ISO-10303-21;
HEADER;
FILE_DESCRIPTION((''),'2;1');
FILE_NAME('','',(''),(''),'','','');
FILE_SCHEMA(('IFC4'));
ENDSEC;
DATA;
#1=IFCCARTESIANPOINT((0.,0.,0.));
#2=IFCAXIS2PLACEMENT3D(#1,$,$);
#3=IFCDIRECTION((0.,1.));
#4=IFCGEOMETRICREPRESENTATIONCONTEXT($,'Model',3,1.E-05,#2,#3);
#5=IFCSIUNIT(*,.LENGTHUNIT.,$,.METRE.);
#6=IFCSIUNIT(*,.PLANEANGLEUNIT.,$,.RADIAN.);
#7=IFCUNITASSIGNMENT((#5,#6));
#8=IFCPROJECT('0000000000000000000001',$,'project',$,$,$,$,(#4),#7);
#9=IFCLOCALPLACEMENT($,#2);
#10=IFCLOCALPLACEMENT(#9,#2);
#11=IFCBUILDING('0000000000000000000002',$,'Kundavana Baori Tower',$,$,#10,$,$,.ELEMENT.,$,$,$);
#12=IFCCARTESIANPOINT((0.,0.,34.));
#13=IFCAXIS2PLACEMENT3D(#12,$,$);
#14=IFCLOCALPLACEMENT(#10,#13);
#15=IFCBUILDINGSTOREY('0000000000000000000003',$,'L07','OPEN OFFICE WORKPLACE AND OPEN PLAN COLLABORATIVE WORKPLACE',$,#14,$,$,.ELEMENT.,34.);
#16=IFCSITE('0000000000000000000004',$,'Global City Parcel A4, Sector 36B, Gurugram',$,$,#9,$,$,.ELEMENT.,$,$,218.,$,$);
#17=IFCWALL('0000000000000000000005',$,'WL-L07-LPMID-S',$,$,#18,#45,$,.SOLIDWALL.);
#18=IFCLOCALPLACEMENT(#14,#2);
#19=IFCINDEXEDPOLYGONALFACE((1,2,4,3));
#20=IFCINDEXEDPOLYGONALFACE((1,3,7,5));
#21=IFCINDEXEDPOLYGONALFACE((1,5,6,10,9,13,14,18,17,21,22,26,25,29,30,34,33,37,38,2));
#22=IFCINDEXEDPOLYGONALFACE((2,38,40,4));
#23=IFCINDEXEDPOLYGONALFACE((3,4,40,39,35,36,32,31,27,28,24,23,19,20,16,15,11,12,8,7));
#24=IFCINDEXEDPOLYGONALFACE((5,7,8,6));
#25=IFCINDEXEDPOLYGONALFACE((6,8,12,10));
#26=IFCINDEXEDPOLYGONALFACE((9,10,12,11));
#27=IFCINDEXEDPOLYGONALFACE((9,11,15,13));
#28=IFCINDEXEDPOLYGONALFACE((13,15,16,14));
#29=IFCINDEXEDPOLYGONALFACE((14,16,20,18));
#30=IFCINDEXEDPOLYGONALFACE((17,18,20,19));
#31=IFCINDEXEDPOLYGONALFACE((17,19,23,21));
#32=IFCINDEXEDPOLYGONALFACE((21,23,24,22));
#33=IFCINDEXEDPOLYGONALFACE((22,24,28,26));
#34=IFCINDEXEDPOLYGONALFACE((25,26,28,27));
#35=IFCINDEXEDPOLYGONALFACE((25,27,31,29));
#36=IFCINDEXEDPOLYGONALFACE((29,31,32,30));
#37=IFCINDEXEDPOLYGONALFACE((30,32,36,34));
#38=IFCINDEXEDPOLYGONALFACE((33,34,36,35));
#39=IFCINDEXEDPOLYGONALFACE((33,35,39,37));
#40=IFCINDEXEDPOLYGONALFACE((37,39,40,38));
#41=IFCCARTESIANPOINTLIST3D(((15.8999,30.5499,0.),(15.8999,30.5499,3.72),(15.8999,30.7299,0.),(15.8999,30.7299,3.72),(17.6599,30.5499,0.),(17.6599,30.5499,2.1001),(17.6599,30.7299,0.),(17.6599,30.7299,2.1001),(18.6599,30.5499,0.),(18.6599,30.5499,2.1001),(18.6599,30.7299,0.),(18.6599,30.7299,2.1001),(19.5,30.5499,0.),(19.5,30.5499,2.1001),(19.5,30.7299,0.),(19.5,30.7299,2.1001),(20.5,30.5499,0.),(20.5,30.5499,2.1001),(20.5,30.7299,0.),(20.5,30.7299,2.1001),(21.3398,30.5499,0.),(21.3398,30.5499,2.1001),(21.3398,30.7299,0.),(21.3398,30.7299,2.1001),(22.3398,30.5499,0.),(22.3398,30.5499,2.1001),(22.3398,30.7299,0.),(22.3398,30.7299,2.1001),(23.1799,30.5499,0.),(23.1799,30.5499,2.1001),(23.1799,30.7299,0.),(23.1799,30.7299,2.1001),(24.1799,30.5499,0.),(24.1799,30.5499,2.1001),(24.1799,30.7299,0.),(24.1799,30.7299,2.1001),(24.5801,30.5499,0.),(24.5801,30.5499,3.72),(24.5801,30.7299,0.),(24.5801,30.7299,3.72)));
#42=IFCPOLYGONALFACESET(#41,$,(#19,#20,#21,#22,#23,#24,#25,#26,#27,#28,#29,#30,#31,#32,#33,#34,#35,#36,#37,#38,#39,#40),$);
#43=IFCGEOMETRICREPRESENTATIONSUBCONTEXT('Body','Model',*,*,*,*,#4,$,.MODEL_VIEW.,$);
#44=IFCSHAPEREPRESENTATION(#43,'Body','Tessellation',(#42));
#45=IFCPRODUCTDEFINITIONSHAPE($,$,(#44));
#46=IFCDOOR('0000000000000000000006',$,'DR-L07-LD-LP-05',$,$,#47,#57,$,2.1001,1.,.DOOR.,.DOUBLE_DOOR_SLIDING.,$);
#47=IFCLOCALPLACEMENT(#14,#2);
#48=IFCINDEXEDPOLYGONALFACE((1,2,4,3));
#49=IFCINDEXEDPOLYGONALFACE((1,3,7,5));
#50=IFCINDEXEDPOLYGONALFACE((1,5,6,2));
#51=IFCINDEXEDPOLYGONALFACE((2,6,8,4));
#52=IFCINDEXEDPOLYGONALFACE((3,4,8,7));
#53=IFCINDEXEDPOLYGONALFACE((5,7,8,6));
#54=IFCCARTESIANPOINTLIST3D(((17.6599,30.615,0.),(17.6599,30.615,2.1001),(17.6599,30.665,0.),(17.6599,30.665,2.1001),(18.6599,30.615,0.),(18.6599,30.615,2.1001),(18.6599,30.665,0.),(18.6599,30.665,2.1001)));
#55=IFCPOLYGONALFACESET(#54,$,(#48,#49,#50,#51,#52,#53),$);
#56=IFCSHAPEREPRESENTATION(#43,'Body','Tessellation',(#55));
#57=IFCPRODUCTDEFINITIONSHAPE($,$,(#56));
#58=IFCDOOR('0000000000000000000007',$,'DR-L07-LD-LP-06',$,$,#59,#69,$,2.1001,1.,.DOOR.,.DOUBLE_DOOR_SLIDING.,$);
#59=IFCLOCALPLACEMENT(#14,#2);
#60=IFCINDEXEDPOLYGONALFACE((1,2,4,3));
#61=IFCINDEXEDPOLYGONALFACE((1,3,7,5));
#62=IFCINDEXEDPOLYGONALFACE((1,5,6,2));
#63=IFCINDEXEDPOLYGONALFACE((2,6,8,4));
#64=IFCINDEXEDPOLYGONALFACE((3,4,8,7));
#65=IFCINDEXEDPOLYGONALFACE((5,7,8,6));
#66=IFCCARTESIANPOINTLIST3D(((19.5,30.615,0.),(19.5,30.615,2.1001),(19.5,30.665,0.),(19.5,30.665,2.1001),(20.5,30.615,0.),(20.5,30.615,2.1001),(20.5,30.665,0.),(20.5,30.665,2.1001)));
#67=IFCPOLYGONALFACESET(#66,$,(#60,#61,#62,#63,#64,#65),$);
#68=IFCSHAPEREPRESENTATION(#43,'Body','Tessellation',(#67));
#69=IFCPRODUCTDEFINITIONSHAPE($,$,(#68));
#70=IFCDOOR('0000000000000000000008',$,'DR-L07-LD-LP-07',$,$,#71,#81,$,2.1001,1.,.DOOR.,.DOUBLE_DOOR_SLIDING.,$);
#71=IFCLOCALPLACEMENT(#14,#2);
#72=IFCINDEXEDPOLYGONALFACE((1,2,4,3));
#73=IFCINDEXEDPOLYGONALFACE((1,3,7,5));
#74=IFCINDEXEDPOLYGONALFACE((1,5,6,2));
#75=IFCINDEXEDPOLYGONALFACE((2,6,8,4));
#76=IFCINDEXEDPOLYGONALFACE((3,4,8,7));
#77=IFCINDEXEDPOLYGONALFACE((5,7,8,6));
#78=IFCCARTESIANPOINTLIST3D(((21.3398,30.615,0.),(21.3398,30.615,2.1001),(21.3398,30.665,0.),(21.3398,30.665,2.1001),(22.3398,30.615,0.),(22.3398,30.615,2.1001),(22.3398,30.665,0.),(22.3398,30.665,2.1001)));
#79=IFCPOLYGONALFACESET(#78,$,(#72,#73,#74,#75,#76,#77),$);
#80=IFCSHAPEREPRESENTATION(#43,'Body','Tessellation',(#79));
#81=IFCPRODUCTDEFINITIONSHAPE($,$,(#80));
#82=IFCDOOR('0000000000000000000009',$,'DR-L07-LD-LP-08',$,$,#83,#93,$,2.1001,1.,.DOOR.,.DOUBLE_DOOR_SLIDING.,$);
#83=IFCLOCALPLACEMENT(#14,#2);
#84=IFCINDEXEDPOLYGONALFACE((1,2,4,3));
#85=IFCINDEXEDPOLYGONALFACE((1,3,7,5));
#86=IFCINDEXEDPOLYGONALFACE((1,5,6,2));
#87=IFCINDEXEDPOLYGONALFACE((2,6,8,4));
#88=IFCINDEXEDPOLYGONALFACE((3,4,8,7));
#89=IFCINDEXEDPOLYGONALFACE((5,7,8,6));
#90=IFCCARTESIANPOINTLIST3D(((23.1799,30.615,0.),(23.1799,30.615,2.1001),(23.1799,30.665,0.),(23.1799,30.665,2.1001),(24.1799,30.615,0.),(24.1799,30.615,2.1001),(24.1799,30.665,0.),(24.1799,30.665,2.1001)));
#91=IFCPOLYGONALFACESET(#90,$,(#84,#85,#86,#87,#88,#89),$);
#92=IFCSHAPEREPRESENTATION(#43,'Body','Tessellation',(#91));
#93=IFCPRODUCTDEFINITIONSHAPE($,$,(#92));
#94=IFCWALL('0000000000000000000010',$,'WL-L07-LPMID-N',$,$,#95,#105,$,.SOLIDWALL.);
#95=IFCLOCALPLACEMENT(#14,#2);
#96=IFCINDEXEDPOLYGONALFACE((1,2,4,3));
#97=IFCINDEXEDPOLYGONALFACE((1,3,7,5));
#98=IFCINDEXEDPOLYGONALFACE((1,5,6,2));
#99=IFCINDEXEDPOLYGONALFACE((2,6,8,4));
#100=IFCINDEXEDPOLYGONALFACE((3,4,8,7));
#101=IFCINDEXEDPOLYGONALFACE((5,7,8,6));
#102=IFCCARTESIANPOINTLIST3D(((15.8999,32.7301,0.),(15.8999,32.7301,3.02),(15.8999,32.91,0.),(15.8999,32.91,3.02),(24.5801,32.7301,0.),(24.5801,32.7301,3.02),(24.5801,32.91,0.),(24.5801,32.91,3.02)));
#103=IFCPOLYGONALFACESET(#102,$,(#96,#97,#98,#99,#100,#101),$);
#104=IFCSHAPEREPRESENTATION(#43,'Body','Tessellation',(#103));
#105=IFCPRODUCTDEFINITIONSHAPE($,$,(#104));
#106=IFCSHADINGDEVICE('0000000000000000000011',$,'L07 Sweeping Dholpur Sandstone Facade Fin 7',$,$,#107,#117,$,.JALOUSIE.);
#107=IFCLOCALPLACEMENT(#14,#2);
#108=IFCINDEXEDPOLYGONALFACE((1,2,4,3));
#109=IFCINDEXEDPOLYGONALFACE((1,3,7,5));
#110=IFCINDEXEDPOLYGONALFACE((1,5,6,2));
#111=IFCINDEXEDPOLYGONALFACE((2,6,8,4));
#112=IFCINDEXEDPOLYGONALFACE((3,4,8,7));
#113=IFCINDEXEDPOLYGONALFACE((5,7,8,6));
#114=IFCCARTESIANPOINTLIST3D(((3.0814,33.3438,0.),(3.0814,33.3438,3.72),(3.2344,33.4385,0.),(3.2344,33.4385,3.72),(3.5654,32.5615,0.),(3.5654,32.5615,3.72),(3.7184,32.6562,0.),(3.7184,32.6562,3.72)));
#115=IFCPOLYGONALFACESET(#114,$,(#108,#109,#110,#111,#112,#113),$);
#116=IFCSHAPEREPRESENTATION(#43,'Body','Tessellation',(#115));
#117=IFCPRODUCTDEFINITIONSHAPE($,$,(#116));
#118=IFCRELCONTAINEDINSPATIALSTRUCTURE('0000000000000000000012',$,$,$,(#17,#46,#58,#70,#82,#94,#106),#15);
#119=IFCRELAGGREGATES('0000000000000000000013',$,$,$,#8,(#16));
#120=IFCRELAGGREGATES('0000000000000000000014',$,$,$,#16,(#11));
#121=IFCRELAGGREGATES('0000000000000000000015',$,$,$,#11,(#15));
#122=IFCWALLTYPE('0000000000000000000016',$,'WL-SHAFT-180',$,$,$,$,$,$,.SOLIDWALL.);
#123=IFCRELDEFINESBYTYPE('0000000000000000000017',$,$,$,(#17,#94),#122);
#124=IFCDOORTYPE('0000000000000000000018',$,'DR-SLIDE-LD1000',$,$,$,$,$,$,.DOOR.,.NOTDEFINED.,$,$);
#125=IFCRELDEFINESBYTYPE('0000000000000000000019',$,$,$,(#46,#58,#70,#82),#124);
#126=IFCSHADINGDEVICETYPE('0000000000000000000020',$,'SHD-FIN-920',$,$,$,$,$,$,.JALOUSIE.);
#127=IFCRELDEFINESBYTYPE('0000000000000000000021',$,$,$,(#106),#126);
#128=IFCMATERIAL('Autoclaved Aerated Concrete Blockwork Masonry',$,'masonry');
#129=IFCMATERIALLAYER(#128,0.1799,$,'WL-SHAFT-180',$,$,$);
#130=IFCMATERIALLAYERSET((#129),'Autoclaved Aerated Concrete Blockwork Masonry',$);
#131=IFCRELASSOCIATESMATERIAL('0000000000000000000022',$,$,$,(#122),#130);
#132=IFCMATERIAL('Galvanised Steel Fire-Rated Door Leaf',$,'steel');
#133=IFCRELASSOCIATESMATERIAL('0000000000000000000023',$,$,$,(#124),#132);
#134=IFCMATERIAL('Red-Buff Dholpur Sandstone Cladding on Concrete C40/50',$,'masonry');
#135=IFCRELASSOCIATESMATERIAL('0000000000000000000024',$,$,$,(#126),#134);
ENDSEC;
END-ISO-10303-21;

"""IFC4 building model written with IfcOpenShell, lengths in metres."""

from ifc_helpers import new_model, si_unit, direction, frame, frame_2d, origin, origin_2d, place, context, subcontext, project, spatial, rectangle, extrude, material, layer, layer_set, type_object, element, fill, save


model = new_model("IFC4")

# Units and contexts
model_context = context("Model", 3, precision=1e-05, world=origin(), true_north=direction((0.0, 1.0)))
body_context = subcontext(model_context, "Body", "Model", "MODEL_VIEW")
ifc_project = project(units=[si_unit("LENGTHUNIT", "METRE"), si_unit("PLANEANGLEUNIT", "RADIAN")], contexts=[model_context])

# Site, building, storey
site_placement = place(None, origin())
site = spatial("IfcSite", under=ifc_project, at=site_placement, Name="Global City Parcel A4, Sector 36B, Gurugram", CompositionType="ELEMENT", RefElevation=218.0)
building_placement = place(site_placement, origin())
building = spatial("IfcBuilding", under=site, at=building_placement, Name="Kundavana Baori Tower", CompositionType="ELEMENT")
storey_placement = place(building_placement, frame((0.0, 0.0, 34.0)))
storey = spatial("IfcBuildingStorey", under=building, at=storey_placement, Name="L07", Description="OPEN OFFICE WORKPLACE AND OPEN PLAN COLLABORATIVE WORKPLACE", CompositionType="ELEMENT", Elevation=34.0)

# Shared definitions
ifc_material_1 = material(Name="Autoclaved Aerated Concrete Blockwork Masonry", Category="masonry")
ifc_layer_1 = layer(ifc_material_1, 0.1799, Name="WL-SHAFT-180")
ifc_layer_set_1 = layer_set([ifc_layer_1], Name="Autoclaved Aerated Concrete Blockwork Masonry")
wall_type_1 = type_object("IfcWallType", Name="WL-SHAFT-180", PredefinedType="SOLIDWALL", material=ifc_layer_set_1)
ifc_material_2 = material(Name="Galvanised Steel Fire-Rated Door Leaf", Category="steel")
door_type_1 = type_object("IfcDoorType", Name="DR-SLIDE-LD1000", OperationType="NOTDEFINED", PredefinedType="DOOR", material=ifc_material_2)

# Wall, openings, doors
wall_1_placement = place(storey_placement, frame((15.8999, 30.6399, 0.0), z_axis=(0.0, 0.0, 1.0), x_axis=(1.0, 0.0, 0.0)))
wall_1 = element("IfcWall", 1, at=wall_1_placement, inside=storey, type_object=wall_type_1, Name="WL-L07-LPMID-S", PredefinedType="SOLIDWALL", context=body_context, shape_type="SweptSolid", body=[
    extrude(rectangle(XDim=8.6802, YDim=0.1799, at=frame_2d((4.3401, 0.0))), origin(), (0.0, 0.0, 1.0), 3.72),
])
opening_1_placement = place(wall_1_placement, frame((1.76, 0.0, 0.0)))
opening_1 = element("IfcOpeningElement", 2, at=opening_1_placement, cuts=wall_1, PredefinedType="OPENING", context=body_context, shape_type="SweptSolid", body=[
    extrude(rectangle(XDim=1.0, YDim=2.1001, at=frame_2d((0.5, 1.05))), frame((0.0, 0.1001, 0.0), z_axis=(0.0, -1.0, 0.0), x_axis=(1.0, 0.0, 0.0)), (0.0, 0.0, 1.0), 0.2),
])
opening_2_placement = place(wall_1_placement, frame((3.6001, 0.0, 0.0)))
opening_2 = element("IfcOpeningElement", 3, at=opening_2_placement, cuts=wall_1, PredefinedType="OPENING", context=body_context, shape_type="SweptSolid", body=[
    extrude(rectangle(XDim=1.0, YDim=2.1001, at=frame_2d((0.5, 1.05))), frame((0.0, 0.1001, 0.0), z_axis=(0.0, -1.0, 0.0), x_axis=(1.0, 0.0, 0.0)), (0.0, 0.0, 1.0), 0.2),
])
opening_3_placement = place(wall_1_placement, frame((5.4399, 0.0, 0.0)))
opening_3 = element("IfcOpeningElement", 4, at=opening_3_placement, cuts=wall_1, PredefinedType="OPENING", context=body_context, shape_type="SweptSolid", body=[
    extrude(rectangle(XDim=1.0, YDim=2.1001, at=frame_2d((0.5, 1.05))), frame((0.0, 0.1001, 0.0), z_axis=(0.0, -1.0, 0.0), x_axis=(1.0, 0.0, 0.0)), (0.0, 0.0, 1.0), 0.2),
])
opening_4_placement = place(wall_1_placement, frame((7.28, 0.0, 0.0)))
opening_4 = element("IfcOpeningElement", 5, at=opening_4_placement, cuts=wall_1, PredefinedType="OPENING", context=body_context, shape_type="SweptSolid", body=[
    extrude(rectangle(XDim=1.0, YDim=2.1001, at=frame_2d((0.5, 1.05))), frame((0.0, 0.1001, 0.0), z_axis=(0.0, -1.0, 0.0), x_axis=(1.0, 0.0, 0.0)), (0.0, 0.0, 1.0), 0.2),
])
door_1_placement = place(opening_1_placement, frame((1.0, 0.0, 0.0), z_axis=(0.0, 0.0, 1.0), x_axis=(-1.0, 0.0, 0.0)))
door_1 = element("IfcDoor", 6, at=door_1_placement, inside=storey, type_object=door_type_1, Name="DR-L07-LD-LP-05", OperationType="DOUBLE_DOOR_SLIDING", OverallHeight=2.1001, OverallWidth=1.0, PredefinedType="DOOR", context=body_context, shape_type="SweptSolid", body=[
    extrude(rectangle(XDim=1.0, YDim=2.1001, at=frame_2d((0.5, 1.05))), frame((0.0, 0.0249, 0.0), z_axis=(0.0, -1.0, 0.0), x_axis=(1.0, 0.0, 0.0)), (0.0, 0.0, 1.0), 0.05),
])
fill(opening_1, door_1)
door_2_placement = place(opening_2_placement, frame((1.0, 0.0, 0.0), z_axis=(0.0, 0.0, 1.0), x_axis=(-1.0, 0.0, 0.0)))
door_2 = element("IfcDoor", 7, at=door_2_placement, inside=storey, type_object=door_type_1, Name="DR-L07-LD-LP-06", OperationType="DOUBLE_DOOR_SLIDING", OverallHeight=2.1001, OverallWidth=1.0, PredefinedType="DOOR", context=body_context, shape_type="SweptSolid", body=[
    extrude(rectangle(XDim=1.0, YDim=2.1001, at=frame_2d((0.5, 1.05))), frame((0.0, 0.0249, 0.0), z_axis=(0.0, -1.0, 0.0), x_axis=(1.0, 0.0, 0.0)), (0.0, 0.0, 1.0), 0.05),
])
fill(opening_2, door_2)
door_3_placement = place(opening_3_placement, frame((1.0, 0.0, 0.0), z_axis=(0.0, 0.0, 1.0), x_axis=(-1.0, 0.0, 0.0)))
door_3 = element("IfcDoor", 8, at=door_3_placement, inside=storey, type_object=door_type_1, Name="DR-L07-LD-LP-07", OperationType="DOUBLE_DOOR_SLIDING", OverallHeight=2.1001, OverallWidth=1.0, PredefinedType="DOOR", context=body_context, shape_type="SweptSolid", body=[
    extrude(rectangle(XDim=1.0, YDim=2.1001, at=frame_2d((0.5, 1.05))), frame((0.0, 0.0249, 0.0), z_axis=(0.0, -1.0, 0.0), x_axis=(1.0, 0.0, 0.0)), (0.0, 0.0, 1.0), 0.05),
])
fill(opening_3, door_3)
door_4_placement = place(opening_4_placement, frame((1.0, 0.0, 0.0), z_axis=(0.0, 0.0, 1.0), x_axis=(-1.0, 0.0, 0.0)))
door_4 = element("IfcDoor", 9, at=door_4_placement, inside=storey, type_object=door_type_1, Name="DR-L07-LD-LP-08", OperationType="DOUBLE_DOOR_SLIDING", OverallHeight=2.1001, OverallWidth=1.0, PredefinedType="DOOR", context=body_context, shape_type="SweptSolid", body=[
    extrude(rectangle(XDim=1.0, YDim=2.1001, at=frame_2d((0.5, 1.05))), frame((0.0, 0.0249, 0.0), z_axis=(0.0, -1.0, 0.0), x_axis=(1.0, 0.0, 0.0)), (0.0, 0.0, 1.0), 0.05),
])
fill(opening_4, door_4)

# Wall
wall_2_placement = place(storey_placement, frame((15.8999, 32.8201, 0.0), z_axis=(0.0, 0.0, 1.0), x_axis=(1.0, 0.0, 0.0)))
element("IfcWall", 10, at=wall_2_placement, inside=storey, type_object=wall_type_1, Name="WL-L07-LPMID-N", PredefinedType="SOLIDWALL", context=body_context, shape_type="SweptSolid", body=[
    extrude(rectangle(XDim=8.6802, YDim=0.1799, at=frame_2d((4.3401, 0.0))), origin(), (0.0, 0.0, 1.0), 3.02),
])

# Shading device
ifc_material_3 = material(Name="Red-Buff Dholpur Sandstone Cladding on Concrete C40/50", Category="masonry")
shading_device_type = type_object("IfcShadingDeviceType", Name="SHD-FIN-920", PredefinedType="JALOUSIE", material=ifc_material_3)
shading_device_placement = place(storey_placement, frame((3.3999, 33.0, 0.0), z_axis=(0.0, 0.0, 1.0), x_axis=(0.850352, 0.526214, 0.0)))
element("IfcShadingDevice", 11, at=shading_device_placement, inside=storey, type_object=shading_device_type, Name="L07 Sweeping Dholpur Sandstone Facade Fin 7", PredefinedType="JALOUSIE", context=body_context, shape_type="SweptSolid", body=[
    extrude(rectangle(XDim=0.1799, YDim=0.9199, at=origin_2d()), origin(), (0.0, 0.0, 1.0), 3.72),
])

save(model, "model.ifc")
